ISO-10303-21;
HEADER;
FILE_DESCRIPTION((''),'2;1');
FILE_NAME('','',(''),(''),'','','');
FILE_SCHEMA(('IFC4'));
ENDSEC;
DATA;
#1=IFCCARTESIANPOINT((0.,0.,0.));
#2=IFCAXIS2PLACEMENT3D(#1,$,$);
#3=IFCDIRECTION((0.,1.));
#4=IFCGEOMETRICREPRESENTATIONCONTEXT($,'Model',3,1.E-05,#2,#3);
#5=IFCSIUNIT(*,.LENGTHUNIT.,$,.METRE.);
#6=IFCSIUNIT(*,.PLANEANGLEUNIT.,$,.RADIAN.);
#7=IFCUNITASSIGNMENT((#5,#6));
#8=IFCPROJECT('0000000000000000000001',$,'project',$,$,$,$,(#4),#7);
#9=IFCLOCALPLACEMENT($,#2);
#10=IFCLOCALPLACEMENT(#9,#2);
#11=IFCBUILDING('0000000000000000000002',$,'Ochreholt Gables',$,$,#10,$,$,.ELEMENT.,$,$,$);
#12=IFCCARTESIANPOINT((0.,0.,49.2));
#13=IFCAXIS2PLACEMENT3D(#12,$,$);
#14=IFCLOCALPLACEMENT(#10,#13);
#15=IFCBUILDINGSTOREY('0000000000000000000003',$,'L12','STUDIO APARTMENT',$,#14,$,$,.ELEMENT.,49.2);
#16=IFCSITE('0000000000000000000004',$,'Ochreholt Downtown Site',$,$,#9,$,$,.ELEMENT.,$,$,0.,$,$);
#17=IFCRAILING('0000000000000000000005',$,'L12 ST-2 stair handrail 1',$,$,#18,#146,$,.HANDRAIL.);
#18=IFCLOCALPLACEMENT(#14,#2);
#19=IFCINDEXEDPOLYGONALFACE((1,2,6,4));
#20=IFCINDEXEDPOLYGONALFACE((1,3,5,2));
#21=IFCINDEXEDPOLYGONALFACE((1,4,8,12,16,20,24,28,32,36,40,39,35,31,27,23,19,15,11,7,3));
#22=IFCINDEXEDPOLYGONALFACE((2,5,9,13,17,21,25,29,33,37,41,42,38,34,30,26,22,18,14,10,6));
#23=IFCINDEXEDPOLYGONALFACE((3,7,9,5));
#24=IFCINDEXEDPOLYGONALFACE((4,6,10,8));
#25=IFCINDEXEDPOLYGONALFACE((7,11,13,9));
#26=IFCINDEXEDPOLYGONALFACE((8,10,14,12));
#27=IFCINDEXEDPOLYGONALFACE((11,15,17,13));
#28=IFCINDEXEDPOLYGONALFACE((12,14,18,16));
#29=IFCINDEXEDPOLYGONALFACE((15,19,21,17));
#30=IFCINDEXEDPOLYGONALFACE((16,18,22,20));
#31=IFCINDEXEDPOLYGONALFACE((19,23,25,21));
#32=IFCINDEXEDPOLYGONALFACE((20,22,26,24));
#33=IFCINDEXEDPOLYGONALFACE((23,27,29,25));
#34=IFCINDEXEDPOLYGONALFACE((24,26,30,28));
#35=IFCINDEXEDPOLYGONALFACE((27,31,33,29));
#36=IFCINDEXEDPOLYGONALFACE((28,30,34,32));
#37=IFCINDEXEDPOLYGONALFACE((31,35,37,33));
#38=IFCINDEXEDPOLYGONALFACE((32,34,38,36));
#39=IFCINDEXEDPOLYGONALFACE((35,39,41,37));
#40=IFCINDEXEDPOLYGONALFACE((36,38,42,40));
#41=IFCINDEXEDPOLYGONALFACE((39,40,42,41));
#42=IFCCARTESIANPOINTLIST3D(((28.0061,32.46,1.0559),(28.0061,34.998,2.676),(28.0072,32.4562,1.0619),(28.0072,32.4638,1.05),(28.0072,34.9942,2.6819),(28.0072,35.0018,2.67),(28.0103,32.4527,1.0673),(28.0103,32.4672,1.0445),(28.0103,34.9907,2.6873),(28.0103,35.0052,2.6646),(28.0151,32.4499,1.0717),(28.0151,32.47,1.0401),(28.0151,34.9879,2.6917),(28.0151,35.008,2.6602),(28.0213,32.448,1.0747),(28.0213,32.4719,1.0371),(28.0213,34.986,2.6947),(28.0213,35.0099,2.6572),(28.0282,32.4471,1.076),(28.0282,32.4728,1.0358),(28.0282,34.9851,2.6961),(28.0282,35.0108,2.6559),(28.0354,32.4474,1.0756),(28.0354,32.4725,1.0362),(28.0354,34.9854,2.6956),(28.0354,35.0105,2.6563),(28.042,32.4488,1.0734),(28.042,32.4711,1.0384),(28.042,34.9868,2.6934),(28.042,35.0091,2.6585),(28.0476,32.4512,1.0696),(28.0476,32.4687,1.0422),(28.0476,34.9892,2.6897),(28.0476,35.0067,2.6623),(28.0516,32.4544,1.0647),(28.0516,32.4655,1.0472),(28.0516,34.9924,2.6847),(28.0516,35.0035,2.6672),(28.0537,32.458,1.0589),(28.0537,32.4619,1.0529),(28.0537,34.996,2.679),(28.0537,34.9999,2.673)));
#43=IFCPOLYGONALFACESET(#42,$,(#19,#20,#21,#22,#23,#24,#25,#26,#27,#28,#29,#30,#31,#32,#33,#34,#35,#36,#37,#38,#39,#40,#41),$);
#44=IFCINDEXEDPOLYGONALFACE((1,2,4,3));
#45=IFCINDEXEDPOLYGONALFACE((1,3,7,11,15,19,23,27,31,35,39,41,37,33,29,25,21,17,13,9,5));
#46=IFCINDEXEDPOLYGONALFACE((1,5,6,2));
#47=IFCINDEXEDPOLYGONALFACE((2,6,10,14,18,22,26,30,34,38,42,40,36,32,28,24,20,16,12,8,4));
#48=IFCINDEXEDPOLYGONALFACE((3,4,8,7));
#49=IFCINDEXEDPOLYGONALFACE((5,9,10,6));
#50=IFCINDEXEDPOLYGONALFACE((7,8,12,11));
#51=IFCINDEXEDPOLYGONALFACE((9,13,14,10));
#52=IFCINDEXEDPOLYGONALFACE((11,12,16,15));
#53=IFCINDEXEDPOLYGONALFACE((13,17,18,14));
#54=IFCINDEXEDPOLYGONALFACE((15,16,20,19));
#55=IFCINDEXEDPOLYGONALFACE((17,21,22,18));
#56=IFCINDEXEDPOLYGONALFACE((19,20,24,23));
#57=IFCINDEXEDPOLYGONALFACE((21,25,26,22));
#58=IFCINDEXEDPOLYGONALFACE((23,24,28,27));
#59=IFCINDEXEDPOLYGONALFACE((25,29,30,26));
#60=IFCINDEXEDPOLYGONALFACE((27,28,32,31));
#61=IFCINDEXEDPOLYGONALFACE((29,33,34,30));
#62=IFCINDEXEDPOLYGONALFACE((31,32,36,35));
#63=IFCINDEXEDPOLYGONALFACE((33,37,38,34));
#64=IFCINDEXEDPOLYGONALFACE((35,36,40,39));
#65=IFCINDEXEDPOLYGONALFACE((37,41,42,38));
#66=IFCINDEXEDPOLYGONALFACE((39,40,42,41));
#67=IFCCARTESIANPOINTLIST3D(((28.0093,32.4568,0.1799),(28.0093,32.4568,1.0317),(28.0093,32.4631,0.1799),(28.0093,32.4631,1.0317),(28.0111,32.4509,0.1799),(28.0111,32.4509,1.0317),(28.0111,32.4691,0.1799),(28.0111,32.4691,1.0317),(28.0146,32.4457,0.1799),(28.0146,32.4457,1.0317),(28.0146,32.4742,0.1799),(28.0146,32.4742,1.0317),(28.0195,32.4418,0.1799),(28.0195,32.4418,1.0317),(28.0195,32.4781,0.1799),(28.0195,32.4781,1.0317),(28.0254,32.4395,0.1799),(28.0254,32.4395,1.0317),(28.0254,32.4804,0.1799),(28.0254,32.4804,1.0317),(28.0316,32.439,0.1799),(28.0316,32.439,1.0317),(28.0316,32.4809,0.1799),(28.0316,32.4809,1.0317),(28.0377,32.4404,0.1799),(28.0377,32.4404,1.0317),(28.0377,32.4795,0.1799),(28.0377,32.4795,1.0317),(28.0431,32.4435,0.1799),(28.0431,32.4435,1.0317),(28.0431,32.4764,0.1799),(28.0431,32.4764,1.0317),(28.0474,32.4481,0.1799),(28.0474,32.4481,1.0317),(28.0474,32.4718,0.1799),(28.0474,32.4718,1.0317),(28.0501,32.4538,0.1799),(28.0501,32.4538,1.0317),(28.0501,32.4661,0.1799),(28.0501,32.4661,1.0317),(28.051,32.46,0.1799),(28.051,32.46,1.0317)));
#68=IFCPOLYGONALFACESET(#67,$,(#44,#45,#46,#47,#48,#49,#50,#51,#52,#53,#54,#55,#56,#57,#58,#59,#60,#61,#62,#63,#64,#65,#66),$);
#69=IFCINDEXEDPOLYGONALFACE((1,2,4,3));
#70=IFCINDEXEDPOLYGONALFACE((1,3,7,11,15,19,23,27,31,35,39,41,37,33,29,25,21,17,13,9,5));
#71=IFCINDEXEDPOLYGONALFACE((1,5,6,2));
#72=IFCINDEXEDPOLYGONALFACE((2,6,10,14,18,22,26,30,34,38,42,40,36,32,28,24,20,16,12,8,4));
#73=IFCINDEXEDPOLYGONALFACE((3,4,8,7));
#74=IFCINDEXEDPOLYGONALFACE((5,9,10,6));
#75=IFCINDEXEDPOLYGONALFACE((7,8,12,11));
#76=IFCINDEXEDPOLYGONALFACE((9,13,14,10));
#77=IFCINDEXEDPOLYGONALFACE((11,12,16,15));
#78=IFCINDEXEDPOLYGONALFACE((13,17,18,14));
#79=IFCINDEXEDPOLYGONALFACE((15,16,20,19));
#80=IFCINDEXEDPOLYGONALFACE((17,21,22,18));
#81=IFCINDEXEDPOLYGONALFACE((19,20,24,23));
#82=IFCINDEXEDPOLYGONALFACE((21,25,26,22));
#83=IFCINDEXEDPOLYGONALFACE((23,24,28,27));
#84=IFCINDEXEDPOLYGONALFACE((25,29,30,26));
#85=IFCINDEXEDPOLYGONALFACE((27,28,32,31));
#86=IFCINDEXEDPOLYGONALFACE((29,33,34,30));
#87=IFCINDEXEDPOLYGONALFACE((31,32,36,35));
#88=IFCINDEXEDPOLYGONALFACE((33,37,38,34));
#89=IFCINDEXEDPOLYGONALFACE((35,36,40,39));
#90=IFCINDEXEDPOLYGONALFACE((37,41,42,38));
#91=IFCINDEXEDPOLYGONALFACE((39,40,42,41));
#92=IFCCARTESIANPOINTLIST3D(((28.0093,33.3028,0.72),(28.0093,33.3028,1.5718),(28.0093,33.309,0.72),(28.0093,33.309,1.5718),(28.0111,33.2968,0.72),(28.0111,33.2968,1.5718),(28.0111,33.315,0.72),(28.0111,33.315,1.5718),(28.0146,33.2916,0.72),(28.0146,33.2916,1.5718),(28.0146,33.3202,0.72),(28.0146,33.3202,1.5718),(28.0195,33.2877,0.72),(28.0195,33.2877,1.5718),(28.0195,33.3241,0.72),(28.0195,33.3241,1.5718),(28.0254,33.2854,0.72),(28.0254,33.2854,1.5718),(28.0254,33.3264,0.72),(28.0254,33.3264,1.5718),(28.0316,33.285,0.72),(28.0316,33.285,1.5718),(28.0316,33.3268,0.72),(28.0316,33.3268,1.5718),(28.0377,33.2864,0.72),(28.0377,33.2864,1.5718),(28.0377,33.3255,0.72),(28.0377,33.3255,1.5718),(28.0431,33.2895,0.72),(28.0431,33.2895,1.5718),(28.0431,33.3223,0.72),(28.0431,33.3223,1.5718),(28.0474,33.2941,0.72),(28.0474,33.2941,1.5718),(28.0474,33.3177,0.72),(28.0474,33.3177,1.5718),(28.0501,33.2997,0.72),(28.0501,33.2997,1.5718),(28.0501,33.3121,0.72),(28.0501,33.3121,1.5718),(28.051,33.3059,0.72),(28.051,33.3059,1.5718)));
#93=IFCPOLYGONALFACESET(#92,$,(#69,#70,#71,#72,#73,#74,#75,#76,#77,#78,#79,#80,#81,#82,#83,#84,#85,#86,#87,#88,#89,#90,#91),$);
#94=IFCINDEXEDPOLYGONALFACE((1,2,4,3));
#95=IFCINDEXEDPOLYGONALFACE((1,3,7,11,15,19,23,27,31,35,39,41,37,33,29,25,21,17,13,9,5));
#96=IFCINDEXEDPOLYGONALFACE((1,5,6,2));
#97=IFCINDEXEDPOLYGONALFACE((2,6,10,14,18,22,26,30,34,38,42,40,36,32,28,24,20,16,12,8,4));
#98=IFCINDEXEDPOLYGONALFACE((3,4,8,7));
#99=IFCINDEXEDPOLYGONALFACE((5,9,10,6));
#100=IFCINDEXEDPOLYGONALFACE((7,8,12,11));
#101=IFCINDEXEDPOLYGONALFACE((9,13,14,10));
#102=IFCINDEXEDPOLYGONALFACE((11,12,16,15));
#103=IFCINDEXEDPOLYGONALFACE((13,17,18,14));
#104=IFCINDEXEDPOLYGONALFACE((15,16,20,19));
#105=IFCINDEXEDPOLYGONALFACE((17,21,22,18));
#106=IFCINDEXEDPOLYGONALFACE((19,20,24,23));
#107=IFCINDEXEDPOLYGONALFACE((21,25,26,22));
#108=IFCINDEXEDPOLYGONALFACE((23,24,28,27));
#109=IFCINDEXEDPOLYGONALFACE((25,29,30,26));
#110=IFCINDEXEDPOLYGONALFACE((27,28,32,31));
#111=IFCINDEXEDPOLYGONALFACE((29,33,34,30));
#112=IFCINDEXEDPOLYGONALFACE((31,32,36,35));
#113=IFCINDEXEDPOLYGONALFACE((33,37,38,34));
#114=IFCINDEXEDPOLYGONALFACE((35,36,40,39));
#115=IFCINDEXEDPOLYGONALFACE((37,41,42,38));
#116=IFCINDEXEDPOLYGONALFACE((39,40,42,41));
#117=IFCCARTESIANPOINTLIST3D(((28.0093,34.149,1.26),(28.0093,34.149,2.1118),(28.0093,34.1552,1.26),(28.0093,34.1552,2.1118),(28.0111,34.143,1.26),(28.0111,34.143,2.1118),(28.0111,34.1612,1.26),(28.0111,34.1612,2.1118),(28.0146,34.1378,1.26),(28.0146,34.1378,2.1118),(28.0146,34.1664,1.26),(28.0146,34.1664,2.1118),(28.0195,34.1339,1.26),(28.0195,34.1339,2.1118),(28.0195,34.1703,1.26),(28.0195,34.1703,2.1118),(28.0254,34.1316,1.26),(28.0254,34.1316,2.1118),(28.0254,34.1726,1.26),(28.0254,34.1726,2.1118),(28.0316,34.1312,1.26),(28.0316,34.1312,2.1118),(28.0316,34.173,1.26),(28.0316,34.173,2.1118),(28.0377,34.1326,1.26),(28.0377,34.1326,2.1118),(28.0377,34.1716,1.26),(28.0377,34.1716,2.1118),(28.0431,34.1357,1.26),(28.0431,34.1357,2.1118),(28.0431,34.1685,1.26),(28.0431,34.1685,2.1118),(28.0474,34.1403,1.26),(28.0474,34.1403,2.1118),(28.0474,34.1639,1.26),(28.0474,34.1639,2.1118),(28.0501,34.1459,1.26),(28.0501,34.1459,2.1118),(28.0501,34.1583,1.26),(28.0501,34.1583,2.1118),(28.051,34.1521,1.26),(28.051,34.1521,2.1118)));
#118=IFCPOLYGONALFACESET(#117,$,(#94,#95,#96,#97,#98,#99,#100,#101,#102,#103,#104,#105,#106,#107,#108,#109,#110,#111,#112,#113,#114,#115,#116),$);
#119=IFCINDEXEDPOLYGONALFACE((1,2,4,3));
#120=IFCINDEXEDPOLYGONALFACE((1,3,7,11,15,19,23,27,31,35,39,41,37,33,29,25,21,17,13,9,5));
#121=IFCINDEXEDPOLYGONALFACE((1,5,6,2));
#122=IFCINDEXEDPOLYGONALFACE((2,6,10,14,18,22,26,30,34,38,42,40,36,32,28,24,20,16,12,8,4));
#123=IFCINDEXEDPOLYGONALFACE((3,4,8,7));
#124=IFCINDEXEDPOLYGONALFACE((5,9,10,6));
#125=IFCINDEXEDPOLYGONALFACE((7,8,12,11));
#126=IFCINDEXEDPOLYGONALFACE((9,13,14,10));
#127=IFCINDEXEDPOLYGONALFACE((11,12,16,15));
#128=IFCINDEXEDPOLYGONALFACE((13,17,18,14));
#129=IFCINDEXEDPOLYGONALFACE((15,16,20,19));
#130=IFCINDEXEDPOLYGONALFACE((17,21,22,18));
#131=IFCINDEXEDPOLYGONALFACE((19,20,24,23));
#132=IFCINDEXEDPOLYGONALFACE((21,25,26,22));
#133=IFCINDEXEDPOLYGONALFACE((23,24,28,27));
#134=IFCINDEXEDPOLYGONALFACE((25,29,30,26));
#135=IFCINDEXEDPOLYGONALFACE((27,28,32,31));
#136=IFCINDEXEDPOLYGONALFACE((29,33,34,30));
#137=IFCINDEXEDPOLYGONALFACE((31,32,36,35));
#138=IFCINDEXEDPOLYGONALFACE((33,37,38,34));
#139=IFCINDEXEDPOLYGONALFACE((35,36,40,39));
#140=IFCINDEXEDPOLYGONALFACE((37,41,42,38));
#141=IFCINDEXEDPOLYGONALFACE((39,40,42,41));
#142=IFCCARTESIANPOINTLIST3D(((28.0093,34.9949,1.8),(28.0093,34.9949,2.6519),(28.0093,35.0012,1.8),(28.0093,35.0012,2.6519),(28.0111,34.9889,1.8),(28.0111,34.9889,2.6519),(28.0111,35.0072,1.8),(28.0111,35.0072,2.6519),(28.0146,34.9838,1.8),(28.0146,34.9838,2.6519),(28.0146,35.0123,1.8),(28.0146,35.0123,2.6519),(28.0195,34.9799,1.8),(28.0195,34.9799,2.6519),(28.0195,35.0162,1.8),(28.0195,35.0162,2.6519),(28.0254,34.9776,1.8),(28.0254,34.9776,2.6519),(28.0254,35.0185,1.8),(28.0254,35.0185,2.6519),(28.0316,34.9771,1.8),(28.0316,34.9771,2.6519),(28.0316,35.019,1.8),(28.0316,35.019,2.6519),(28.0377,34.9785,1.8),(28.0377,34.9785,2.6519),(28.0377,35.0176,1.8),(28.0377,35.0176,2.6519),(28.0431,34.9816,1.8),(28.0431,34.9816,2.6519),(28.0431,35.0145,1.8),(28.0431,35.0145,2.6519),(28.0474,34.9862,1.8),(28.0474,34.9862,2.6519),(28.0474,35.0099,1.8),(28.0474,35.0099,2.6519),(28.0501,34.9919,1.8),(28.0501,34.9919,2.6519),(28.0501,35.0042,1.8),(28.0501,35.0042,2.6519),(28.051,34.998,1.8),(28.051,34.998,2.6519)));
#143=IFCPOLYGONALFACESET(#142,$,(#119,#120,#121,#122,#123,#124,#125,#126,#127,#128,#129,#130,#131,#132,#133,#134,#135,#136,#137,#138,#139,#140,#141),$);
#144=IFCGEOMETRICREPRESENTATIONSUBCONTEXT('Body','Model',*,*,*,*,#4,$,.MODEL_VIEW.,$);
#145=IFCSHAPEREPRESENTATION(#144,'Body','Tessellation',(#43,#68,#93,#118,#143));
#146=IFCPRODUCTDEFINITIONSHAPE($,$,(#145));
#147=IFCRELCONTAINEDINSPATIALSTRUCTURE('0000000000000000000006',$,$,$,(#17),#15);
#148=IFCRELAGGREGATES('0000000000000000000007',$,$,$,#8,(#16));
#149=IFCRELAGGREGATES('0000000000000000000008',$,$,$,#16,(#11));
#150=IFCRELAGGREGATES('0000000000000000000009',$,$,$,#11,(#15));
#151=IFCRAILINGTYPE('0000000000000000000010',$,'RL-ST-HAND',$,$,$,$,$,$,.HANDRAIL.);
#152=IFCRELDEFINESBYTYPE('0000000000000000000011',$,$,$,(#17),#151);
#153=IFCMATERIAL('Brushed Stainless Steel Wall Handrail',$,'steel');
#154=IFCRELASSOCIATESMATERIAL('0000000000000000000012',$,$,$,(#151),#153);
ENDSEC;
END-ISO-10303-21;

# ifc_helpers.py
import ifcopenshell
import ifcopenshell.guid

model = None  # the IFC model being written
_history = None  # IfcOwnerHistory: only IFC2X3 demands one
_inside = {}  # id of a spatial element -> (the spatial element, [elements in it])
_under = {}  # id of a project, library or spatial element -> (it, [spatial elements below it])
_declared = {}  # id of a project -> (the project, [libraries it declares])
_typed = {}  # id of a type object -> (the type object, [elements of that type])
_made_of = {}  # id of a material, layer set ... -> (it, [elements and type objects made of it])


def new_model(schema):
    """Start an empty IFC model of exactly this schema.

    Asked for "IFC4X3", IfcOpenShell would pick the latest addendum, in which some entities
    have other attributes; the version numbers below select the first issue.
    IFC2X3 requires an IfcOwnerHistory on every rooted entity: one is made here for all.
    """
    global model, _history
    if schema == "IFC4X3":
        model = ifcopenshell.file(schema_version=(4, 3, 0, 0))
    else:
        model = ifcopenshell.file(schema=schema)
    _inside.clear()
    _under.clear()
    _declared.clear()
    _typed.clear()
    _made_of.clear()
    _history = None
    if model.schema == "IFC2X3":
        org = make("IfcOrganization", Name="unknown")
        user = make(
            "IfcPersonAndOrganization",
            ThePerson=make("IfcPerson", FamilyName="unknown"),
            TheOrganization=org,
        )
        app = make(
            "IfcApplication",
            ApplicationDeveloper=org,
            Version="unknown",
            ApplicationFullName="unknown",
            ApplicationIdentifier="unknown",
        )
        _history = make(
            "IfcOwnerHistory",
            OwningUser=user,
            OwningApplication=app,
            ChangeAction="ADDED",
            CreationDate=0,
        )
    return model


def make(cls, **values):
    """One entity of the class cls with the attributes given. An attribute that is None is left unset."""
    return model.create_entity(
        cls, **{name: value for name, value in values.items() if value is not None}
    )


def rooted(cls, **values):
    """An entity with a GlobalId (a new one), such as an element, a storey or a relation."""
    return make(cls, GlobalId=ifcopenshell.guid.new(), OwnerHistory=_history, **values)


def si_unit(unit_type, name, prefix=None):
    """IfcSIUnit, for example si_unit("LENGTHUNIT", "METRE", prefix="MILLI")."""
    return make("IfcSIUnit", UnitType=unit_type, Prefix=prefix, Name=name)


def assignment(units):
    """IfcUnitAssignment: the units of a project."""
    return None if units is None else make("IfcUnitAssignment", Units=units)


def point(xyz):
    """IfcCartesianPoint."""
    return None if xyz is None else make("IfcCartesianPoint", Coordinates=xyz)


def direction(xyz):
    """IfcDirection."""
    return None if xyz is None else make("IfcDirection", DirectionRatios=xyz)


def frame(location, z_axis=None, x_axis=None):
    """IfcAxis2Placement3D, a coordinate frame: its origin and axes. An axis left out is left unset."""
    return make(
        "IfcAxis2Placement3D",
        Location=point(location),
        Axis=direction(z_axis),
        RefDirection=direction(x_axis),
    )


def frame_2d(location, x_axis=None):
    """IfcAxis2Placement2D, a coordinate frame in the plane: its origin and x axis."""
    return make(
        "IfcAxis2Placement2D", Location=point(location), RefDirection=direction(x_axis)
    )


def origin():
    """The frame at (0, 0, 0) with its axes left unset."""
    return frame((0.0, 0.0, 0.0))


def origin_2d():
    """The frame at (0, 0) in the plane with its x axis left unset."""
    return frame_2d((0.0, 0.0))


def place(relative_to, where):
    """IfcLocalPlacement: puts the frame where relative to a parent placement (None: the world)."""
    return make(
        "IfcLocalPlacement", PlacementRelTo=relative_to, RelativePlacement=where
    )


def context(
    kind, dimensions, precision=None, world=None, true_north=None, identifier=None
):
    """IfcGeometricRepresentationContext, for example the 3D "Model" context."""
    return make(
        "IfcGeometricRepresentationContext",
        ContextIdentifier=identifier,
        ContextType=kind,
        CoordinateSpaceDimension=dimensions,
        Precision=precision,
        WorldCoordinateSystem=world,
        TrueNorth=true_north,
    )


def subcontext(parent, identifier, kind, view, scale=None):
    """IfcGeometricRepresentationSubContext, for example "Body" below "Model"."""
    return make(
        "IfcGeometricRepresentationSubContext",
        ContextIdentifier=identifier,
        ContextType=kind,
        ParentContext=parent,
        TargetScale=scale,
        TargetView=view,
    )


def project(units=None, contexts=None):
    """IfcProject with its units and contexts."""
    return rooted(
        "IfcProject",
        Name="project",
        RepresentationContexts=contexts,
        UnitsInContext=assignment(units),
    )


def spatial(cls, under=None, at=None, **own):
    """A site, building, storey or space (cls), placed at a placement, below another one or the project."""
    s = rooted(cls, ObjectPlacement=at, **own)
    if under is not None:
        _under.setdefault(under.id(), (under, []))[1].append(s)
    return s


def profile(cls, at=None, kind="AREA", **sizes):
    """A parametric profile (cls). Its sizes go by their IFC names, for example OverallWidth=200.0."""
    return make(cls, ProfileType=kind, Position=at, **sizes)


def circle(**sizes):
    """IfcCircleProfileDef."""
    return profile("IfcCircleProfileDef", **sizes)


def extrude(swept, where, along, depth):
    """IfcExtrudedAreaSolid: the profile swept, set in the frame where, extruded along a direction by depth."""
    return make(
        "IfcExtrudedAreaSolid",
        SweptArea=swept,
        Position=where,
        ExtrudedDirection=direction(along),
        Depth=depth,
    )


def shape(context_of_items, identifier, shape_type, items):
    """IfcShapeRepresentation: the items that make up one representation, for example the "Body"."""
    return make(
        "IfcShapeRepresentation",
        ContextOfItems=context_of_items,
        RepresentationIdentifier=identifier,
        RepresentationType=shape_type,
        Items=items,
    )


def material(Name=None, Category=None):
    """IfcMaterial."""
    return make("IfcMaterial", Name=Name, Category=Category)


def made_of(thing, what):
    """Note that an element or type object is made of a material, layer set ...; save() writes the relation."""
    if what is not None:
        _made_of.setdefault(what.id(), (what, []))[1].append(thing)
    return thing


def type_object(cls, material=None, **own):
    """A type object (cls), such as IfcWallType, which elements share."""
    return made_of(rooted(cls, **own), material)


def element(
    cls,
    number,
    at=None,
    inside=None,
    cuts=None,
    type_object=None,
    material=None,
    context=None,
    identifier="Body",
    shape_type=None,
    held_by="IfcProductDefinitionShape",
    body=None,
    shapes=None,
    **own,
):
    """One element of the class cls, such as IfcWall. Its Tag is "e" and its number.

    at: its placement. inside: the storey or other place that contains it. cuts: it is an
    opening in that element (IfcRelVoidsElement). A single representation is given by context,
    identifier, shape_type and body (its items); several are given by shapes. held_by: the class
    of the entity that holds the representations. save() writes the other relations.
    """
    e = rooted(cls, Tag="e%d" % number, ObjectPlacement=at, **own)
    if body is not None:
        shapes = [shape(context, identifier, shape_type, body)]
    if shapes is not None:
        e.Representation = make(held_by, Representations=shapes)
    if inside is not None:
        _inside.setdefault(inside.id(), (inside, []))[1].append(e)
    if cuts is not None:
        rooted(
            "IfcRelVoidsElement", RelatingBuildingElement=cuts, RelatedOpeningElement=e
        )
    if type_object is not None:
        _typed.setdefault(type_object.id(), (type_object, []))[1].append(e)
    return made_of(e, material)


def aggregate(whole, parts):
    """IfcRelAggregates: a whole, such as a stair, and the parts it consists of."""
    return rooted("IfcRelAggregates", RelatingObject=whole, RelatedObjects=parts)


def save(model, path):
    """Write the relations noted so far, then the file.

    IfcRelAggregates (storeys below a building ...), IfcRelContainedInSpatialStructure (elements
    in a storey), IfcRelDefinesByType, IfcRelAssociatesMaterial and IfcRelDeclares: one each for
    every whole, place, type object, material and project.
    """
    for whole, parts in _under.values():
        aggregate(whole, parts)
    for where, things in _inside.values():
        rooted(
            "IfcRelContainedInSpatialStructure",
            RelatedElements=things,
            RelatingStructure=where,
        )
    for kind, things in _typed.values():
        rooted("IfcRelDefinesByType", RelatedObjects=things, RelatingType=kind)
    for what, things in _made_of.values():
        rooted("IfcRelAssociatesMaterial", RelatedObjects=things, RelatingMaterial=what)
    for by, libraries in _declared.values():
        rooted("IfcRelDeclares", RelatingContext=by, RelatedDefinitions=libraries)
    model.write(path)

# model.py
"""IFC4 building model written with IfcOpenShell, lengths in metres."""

from ifc_helpers import new_model, si_unit, direction, frame, origin, origin_2d, place, context, subcontext, project, spatial, circle, extrude, material, type_object, element, save


model = new_model("IFC4")

# Units and contexts
model_context = context("Model", 3, precision=1e-05, world=origin(), true_north=direction((0.0, 1.0)))
body_context = subcontext(model_context, "Body", "Model", "MODEL_VIEW")
ifc_project = project(units=[si_unit("LENGTHUNIT", "METRE"), si_unit("PLANEANGLEUNIT", "RADIAN")], contexts=[model_context])

# Site, building, storey
site_placement = place(None, origin())
site = spatial("IfcSite", under=ifc_project, at=site_placement, Name="Ochreholt Downtown Site", CompositionType="ELEMENT", RefElevation=0.0)
building_placement = place(site_placement, origin())
building = spatial("IfcBuilding", under=site, at=building_placement, Name="Ochreholt Gables", CompositionType="ELEMENT")
storey_placement = place(building_placement, frame((0.0, 0.0, 49.2)))
storey = spatial("IfcBuildingStorey", under=building, at=storey_placement, Name="L12", Description="STUDIO APARTMENT", CompositionType="ELEMENT", Elevation=49.2)

# Railing
ifc_material_1 = material(Name="Brushed Stainless Steel Wall Handrail", Category="steel")
railing_type_1 = type_object("IfcRailingType", Name="RL-ST-HAND", PredefinedType="HANDRAIL", material=ifc_material_1)
railing_1_placement = place(storey_placement, frame((28.03, 32.46, 0.1799)))
element("IfcRailing", 1, at=railing_1_placement, inside=storey, type_object=railing_type_1, Name="L12 ST-2 stair handrail 1", PredefinedType="HANDRAIL", context=body_context, shape_type="SweptSolid", body=[
    extrude(circle(Radius=0.0239, at=origin_2d()), frame((0.0, 0.0, 0.876), z_axis=(0.0, 0.842913, 0.53805), x_axis=(-1.0, 0.0, 0.0)), (0.0, 0.0, 1.0), 3.011),
    extrude(circle(Radius=0.021, at=origin_2d()), origin(), (0.0, 0.0, 1.0), 0.8518),
    extrude(circle(Radius=0.021, at=origin_2d()), frame((0.0, 0.8459, 0.54)), (0.0, 0.0, 1.0), 0.8518),
    extrude(circle(Radius=0.021, at=origin_2d()), frame((0.0, 1.6921, 1.0801)), (0.0, 0.0, 1.0), 0.8518),
    extrude(circle(Radius=0.021, at=origin_2d()), frame((0.0, 2.5381, 1.6201)), (0.0, 0.0, 1.0), 0.8518),
])

save(model, "model.ifc")
